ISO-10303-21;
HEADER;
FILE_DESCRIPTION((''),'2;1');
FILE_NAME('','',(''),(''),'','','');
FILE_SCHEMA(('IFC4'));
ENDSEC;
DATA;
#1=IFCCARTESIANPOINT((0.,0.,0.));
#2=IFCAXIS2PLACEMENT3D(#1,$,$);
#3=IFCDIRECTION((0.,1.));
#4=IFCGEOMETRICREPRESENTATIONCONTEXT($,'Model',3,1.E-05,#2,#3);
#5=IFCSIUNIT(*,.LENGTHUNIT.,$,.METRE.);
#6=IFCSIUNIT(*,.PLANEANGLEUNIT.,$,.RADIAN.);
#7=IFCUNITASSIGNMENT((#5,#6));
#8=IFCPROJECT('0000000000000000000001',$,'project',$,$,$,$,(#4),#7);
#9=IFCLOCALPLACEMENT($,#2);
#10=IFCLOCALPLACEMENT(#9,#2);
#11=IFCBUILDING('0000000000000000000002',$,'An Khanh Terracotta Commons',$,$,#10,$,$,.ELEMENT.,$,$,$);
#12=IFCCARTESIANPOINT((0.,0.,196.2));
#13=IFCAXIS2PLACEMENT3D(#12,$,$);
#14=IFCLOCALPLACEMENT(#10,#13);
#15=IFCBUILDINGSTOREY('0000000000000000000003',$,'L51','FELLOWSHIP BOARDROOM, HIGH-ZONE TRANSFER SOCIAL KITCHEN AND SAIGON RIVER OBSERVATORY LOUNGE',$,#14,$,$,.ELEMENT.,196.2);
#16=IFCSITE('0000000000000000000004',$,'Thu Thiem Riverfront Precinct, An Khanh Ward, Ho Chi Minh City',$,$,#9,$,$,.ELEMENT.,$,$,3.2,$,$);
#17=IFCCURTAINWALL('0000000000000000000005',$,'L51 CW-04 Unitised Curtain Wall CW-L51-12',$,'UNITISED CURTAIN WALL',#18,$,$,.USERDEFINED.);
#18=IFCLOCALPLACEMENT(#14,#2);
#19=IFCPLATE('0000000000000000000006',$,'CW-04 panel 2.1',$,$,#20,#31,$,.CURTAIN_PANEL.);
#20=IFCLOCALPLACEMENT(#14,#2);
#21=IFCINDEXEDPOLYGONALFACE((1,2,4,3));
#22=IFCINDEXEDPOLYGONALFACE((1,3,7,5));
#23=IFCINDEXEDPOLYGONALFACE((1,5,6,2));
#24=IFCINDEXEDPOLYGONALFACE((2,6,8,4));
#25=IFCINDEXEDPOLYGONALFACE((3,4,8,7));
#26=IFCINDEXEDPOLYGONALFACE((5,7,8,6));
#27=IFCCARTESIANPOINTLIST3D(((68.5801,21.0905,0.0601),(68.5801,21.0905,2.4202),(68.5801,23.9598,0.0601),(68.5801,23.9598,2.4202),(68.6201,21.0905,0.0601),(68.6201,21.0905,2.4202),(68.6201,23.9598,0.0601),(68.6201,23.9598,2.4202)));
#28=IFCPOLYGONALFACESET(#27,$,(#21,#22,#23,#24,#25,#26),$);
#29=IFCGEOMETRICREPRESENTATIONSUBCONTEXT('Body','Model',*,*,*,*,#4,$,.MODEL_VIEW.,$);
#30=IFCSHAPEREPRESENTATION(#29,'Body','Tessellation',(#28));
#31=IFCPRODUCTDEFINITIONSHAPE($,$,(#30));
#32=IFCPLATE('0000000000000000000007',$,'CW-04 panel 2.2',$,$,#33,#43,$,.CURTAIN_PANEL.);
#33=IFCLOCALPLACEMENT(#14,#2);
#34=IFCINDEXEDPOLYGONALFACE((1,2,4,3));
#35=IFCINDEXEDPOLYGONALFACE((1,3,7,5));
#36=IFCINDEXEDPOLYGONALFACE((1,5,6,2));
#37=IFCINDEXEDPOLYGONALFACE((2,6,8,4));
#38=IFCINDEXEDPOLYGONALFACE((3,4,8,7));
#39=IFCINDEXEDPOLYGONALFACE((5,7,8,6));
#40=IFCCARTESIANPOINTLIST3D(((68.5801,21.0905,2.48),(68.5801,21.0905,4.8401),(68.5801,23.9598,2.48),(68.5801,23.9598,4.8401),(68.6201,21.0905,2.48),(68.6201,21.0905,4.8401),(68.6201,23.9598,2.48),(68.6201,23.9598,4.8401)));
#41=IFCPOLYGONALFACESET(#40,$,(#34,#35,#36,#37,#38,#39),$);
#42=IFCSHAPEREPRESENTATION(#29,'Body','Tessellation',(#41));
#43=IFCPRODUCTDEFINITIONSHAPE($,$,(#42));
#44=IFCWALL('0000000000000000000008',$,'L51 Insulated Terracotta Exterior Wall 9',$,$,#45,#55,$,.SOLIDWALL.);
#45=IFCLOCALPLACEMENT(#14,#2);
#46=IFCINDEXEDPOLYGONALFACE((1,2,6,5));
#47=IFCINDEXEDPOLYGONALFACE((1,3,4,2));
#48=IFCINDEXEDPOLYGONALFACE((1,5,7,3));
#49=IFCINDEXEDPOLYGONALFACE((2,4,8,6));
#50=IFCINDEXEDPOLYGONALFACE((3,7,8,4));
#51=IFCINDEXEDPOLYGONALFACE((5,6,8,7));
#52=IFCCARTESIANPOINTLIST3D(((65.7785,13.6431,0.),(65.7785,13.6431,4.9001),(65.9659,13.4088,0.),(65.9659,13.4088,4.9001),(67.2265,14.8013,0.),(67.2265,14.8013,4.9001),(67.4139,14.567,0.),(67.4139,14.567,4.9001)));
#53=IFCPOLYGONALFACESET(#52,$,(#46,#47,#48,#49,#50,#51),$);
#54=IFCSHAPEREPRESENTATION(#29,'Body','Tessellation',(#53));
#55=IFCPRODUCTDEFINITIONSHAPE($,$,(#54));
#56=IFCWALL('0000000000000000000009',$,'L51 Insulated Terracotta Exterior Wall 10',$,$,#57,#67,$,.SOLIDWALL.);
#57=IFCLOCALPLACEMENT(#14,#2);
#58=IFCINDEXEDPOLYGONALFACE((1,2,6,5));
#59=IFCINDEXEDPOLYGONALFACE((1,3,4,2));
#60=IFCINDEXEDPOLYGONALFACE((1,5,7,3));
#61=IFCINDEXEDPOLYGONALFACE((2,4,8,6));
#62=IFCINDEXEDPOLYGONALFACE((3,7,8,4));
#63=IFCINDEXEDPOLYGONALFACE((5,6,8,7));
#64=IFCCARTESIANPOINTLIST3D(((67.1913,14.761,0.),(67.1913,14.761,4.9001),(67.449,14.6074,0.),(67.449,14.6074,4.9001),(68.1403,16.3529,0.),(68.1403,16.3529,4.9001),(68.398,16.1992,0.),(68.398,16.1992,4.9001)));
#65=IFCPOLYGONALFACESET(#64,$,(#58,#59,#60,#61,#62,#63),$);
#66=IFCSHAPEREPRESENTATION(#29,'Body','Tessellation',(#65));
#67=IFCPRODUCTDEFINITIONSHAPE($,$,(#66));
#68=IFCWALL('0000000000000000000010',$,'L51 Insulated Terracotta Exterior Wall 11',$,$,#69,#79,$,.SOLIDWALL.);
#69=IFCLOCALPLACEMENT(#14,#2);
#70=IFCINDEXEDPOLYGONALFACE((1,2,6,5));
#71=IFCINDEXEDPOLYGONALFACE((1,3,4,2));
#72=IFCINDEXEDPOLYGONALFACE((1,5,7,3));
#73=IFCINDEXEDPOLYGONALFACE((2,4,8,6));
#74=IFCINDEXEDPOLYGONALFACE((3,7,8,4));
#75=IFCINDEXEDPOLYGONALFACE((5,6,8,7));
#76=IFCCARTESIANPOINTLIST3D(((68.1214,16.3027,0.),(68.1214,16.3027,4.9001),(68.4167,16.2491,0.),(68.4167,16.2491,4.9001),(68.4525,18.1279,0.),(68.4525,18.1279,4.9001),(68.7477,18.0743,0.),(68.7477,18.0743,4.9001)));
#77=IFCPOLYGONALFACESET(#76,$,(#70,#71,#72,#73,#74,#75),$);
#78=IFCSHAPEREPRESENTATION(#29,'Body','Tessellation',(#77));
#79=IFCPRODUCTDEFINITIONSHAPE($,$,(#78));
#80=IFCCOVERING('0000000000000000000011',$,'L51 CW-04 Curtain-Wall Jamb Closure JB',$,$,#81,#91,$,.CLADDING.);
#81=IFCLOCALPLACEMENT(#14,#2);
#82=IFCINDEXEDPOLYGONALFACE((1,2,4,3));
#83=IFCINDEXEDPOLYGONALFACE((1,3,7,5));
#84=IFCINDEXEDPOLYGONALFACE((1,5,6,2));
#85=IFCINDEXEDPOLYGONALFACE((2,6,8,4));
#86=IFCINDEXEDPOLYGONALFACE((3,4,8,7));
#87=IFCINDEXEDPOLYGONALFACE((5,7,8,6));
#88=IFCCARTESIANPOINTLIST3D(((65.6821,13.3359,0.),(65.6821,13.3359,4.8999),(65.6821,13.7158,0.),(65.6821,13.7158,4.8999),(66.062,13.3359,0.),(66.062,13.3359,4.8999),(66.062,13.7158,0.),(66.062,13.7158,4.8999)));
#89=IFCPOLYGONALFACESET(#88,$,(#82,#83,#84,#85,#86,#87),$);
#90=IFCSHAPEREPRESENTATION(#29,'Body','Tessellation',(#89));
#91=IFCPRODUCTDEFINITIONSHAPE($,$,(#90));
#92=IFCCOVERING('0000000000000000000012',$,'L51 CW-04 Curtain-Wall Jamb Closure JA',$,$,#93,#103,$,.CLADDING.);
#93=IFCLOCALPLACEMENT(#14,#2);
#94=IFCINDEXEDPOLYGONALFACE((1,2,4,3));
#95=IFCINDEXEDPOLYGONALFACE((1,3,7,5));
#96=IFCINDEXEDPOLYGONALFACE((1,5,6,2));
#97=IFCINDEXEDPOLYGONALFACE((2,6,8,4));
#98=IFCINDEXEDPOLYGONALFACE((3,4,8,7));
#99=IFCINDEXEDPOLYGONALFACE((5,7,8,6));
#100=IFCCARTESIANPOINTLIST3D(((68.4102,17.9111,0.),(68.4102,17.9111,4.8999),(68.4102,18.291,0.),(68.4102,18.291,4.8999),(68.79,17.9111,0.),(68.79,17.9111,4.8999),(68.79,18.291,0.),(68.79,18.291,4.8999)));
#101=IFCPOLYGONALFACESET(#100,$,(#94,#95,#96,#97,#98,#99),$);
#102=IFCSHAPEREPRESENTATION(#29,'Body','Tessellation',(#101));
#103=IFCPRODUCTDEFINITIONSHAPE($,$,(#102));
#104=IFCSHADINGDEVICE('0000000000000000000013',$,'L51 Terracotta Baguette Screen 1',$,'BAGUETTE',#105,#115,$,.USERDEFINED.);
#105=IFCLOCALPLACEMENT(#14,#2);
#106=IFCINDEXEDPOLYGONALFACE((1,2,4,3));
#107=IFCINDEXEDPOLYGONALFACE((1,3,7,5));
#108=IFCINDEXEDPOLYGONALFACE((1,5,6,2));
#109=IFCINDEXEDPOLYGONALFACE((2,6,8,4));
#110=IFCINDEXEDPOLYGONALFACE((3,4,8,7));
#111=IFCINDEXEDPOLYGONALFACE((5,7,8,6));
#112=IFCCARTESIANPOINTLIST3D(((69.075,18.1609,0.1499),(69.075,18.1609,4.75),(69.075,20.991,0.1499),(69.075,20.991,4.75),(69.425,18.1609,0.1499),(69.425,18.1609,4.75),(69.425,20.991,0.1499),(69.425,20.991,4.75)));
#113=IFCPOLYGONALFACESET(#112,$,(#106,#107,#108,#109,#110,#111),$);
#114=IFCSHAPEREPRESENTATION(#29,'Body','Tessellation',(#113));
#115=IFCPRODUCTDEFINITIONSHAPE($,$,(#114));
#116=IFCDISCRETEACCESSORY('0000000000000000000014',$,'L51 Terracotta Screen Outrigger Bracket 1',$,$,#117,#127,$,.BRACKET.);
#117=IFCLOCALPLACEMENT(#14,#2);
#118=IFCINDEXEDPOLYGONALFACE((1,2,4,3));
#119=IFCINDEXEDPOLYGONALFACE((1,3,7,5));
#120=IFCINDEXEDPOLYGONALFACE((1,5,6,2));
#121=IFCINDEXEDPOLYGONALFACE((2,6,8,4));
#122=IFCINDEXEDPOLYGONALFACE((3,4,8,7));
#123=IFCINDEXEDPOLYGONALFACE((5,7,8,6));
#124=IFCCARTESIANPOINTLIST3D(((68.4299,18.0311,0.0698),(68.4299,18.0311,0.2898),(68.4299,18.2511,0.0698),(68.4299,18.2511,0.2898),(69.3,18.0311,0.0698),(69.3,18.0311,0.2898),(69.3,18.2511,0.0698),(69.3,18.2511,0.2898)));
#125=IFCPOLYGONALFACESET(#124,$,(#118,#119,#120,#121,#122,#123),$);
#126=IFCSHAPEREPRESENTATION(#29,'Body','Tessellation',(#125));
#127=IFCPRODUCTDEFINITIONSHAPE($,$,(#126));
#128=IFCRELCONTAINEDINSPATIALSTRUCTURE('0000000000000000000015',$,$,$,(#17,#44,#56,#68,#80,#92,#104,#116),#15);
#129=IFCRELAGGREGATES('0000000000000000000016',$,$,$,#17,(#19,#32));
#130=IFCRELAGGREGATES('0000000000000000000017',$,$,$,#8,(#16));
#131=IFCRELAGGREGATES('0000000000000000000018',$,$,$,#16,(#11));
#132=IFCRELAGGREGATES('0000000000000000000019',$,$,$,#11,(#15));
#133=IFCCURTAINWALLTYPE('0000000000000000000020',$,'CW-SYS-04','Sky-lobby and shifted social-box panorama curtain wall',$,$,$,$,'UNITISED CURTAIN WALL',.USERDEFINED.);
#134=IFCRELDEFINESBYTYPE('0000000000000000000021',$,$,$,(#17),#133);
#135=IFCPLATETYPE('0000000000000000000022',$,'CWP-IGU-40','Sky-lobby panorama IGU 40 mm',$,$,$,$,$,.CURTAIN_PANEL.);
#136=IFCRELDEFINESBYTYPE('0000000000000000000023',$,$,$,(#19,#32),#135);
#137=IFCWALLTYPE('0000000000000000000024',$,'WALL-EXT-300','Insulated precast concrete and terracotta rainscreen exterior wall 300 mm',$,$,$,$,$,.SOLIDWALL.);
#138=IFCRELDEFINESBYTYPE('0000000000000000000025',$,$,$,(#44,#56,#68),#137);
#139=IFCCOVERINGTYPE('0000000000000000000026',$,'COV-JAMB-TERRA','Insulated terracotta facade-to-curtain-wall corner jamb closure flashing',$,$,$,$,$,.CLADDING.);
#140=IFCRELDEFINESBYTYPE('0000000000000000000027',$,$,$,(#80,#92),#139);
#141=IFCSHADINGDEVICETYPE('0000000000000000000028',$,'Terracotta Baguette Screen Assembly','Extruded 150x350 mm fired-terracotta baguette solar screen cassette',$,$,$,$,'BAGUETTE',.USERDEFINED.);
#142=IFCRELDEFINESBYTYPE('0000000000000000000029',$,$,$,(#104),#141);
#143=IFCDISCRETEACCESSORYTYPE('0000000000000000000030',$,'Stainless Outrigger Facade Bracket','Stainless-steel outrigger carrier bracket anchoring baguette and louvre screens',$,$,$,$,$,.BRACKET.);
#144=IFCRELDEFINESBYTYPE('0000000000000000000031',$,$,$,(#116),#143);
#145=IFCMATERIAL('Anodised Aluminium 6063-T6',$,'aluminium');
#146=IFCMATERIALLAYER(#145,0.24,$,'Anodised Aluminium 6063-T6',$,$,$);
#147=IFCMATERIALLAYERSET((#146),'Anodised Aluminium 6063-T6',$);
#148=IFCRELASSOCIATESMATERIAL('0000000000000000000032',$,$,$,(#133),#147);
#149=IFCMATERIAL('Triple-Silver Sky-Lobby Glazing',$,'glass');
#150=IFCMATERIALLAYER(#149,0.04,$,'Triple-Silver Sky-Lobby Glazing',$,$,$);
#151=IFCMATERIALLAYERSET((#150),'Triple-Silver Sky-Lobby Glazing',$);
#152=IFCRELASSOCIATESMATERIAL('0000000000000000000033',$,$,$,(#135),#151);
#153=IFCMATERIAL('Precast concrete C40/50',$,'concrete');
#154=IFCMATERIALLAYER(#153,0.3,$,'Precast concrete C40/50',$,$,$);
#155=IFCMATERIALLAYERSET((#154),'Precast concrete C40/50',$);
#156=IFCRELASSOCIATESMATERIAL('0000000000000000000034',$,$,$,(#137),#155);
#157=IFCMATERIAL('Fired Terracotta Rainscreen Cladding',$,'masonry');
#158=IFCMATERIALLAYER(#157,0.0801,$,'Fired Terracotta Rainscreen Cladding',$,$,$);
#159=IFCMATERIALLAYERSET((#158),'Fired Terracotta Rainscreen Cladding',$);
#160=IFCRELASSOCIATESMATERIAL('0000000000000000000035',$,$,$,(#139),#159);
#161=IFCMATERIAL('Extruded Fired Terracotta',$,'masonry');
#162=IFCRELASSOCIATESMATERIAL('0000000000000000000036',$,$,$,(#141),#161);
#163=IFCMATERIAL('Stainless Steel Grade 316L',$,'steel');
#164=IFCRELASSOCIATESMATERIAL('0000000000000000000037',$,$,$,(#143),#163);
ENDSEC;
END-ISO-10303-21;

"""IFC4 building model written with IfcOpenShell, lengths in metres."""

from ifc_helpers import new_model, si_unit, direction, frame, frame_2d, origin, origin_2d, place, context, subcontext, project, spatial, rectangle, extrude, material, layer, layer_set, type_object, element, aggregate, save


model = new_model("IFC4")

# Units and contexts
model_context = context("Model", 3, precision=1e-05, world=origin(), true_north=direction((0.0, 1.0)))
body_context = subcontext(model_context, "Body", "Model", "MODEL_VIEW")
ifc_project = project(units=[si_unit("LENGTHUNIT", "METRE"), si_unit("PLANEANGLEUNIT", "RADIAN")], contexts=[model_context])

# Site, building, storey
site_placement = place(None, origin())
site = spatial("IfcSite", under=ifc_project, at=site_placement, Name="Thu Thiem Riverfront Precinct, An Khanh Ward, Ho Chi Minh City", CompositionType="ELEMENT", RefElevation=3.2)
building_placement = place(site_placement, origin())
building = spatial("IfcBuilding", under=site, at=building_placement, Name="An Khanh Terracotta Commons", CompositionType="ELEMENT")
storey_placement = place(building_placement, frame((0.0, 0.0, 196.2)))
storey = spatial("IfcBuildingStorey", under=building, at=storey_placement, Name="L51", Description="FELLOWSHIP BOARDROOM, HIGH-ZONE TRANSFER SOCIAL KITCHEN AND SAIGON RIVER OBSERVATORY LOUNGE", CompositionType="ELEMENT", Elevation=196.2)

# Shared definitions
ifc_material_1 = material(Name="Anodised Aluminium 6063-T6", Category="aluminium")
ifc_layer_1 = layer(ifc_material_1, 0.24, Name="Anodised Aluminium 6063-T6")
ifc_layer_set_1 = layer_set([ifc_layer_1], Name="Anodised Aluminium 6063-T6")
curtain_wall_type = type_object("IfcCurtainWallType", Name="CW-SYS-04", Description="Sky-lobby and shifted social-box panorama curtain wall", ElementType="UNITISED CURTAIN WALL", PredefinedType="USERDEFINED", material=ifc_layer_set_1)

# Curtain wall
curtain_wall_1_placement = place(storey_placement, origin())
curtain_wall_1 = element("IfcCurtainWall", 1, at=curtain_wall_1_placement, inside=storey, type_object=curtain_wall_type, Name="L51 CW-04 Unitised Curtain Wall CW-L51-12", ObjectType="UNITISED CURTAIN WALL", PredefinedType="USERDEFINED")

# Plates
ifc_material_2 = material(Name="Triple-Silver Sky-Lobby Glazing", Category="glass")
ifc_layer_2 = layer(ifc_material_2, 0.04, Name="Triple-Silver Sky-Lobby Glazing")
ifc_layer_set_2 = layer_set([ifc_layer_2], Name="Triple-Silver Sky-Lobby Glazing")
plate_type = type_object("IfcPlateType", Name="CWP-IGU-40", Description="Sky-lobby panorama IGU 40 mm", PredefinedType="CURTAIN_PANEL", material=ifc_layer_set_2)
plate_1_placement = place(storey_placement, frame((68.6001, 22.5251, 0.0601), z_axis=(0.0, 0.0, 1.0), x_axis=(0.0, 1.0, 0.0)))
plate_1 = element("IfcPlate", 2, at=plate_1_placement, type_object=plate_type, Name="CW-04 panel 2.1", PredefinedType="CURTAIN_PANEL", context=body_context, shape_type="SweptSolid", body=[
    extrude(rectangle(XDim=2.8694, YDim=0.04, at=origin_2d()), origin(), (0.0, 0.0, 1.0), 2.3601),
])
plate_2_placement = place(storey_placement, frame((68.6001, 22.5251, 2.48), z_axis=(0.0, 0.0, 1.0), x_axis=(0.0, 1.0, 0.0)))
plate_2 = element("IfcPlate", 3, at=plate_2_placement, type_object=plate_type, Name="CW-04 panel 2.2", PredefinedType="CURTAIN_PANEL", context=body_context, shape_type="SweptSolid", body=[
    extrude(rectangle(XDim=2.8694, YDim=0.04, at=origin_2d()), origin(), (0.0, 0.0, 1.0), 2.3601),
])
aggregate(curtain_wall_1, [plate_1, plate_2])

# Walls
ifc_material_3 = material(Name="Precast concrete C40/50", Category="concrete")
ifc_layer_3 = layer(ifc_material_3, 0.3, Name="Precast concrete C40/50")
ifc_layer_set_3 = layer_set([ifc_layer_3], Name="Precast concrete C40/50")
wall_type = type_object("IfcWallType", Name="WALL-EXT-300", Description="Insulated precast concrete and terracotta rainscreen exterior wall 300 mm", PredefinedType="SOLIDWALL", material=ifc_layer_set_3)
wall_1_placement = place(storey_placement, frame((65.8721, 13.5259, 0.0), z_axis=(0.0, 0.0, 1.0), x_axis=(0.78092, 0.624631, 0.0)))
element("IfcWall", 4, at=wall_1_placement, inside=storey, type_object=wall_type, Name="L51 Insulated Terracotta Exterior Wall 9", PredefinedType="SOLIDWALL", context=body_context, shape_type="SweptSolid", body=[
    extrude(rectangle(XDim=1.8542, YDim=0.3, at=frame_2d((0.9272, 0.0))), origin(), (0.0, 0.0, 1.0), 4.9001),
])
wall_2_placement = place(storey_placement, frame((67.3201, 14.6841, 0.0), z_axis=(0.0, 0.0, 1.0), x_axis=(0.512072, 0.858943, 0.0)))
element("IfcWall", 5, at=wall_2_placement, inside=storey, type_object=wall_type, Name="L51 Insulated Terracotta Exterior Wall 10", PredefinedType="SOLIDWALL", context=body_context, shape_type="SweptSolid", body=[
    extrude(rectangle(XDim=1.8533, YDim=0.3, at=frame_2d((0.9268, 0.0))), origin(), (0.0, 0.0, 1.0), 4.9001),
])
wall_3_placement = place(storey_placement, frame((68.269, 16.2759, 0.0), z_axis=(0.0, 0.0, 1.0), x_axis=(0.178468, 0.983946, 0.0)))
element("IfcWall", 6, at=wall_3_placement, inside=storey, type_object=wall_type, Name="L51 Insulated Terracotta Exterior Wall 11", PredefinedType="SOLIDWALL", context=body_context, shape_type="SweptSolid", body=[
    extrude(rectangle(XDim=1.855, YDim=0.3, at=frame_2d((0.9275, 0.0))), origin(), (0.0, 0.0, 1.0), 4.9001),
])

# Coverings
ifc_material_4 = material(Name="Fired Terracotta Rainscreen Cladding", Category="masonry")
ifc_layer_4 = layer(ifc_material_4, 0.0801, Name="Fired Terracotta Rainscreen Cladding")
ifc_layer_set_4 = layer_set([ifc_layer_4], Name="Fired Terracotta Rainscreen Cladding")
covering_type = type_object("IfcCoveringType", Name="COV-JAMB-TERRA", Description="Insulated terracotta facade-to-curtain-wall corner jamb closure flashing", PredefinedType="CLADDING", material=ifc_layer_set_4)
for number, where, z_axis, x_axis, name in (
    (7, (65.8721, 13.5259, 0.0), (0.0, 0.0, 1.0), (1.0, 0.0, 0.0), "L51 CW-04 Curtain-Wall Jamb Closure JB"),
    (8, (68.6001, 18.1011, 0.0), (0.0, 0.0, 1.0), (1.0, 0.0, 0.0), "L51 CW-04 Curtain-Wall Jamb Closure JA"),
):
    element("IfcCovering", number, at=place(storey_placement, frame(where, z_axis=z_axis, x_axis=x_axis)), inside=storey, type_object=covering_type, Name=name, PredefinedType="CLADDING", context=body_context, shape_type="SweptSolid", body=[
        extrude(rectangle(XDim=0.3799, YDim=0.3799, at=origin_2d()), origin(), (0.0, 0.0, 1.0), 4.8999),
    ])

# Shading device
ifc_material_5 = material(Name="Extruded Fired Terracotta", Category="masonry")
shading_device_type = type_object("IfcShadingDeviceType", Name="Terracotta Baguette Screen Assembly", Description="Extruded 150x350 mm fired-terracotta baguette solar screen cassette", ElementType="BAGUETTE", PredefinedType="USERDEFINED", material=ifc_material_5)
shading_device_placement = place(storey_placement, frame((69.25, 19.5759, 0.1499), z_axis=(0.0, 0.0, 1.0), x_axis=(0.0, 1.0, 0.0)))
element("IfcShadingDevice", 9, at=shading_device_placement, inside=storey, type_object=shading_device_type, Name="L51 Terracotta Baguette Screen 1", ObjectType="BAGUETTE", PredefinedType="USERDEFINED", context=body_context, shape_type="SweptSolid", body=[
    extrude(rectangle(XDim=2.8301, YDim=0.3501, at=origin_2d()), origin(), (0.0, 0.0, 1.0), 4.6001),
])

# Discrete accessory
ifc_material_6 = material(Name="Stainless Steel Grade 316L", Category="steel")
discrete_accessory_type = type_object("IfcDiscreteAccessoryType", Name="Stainless Outrigger Facade Bracket", Description="Stainless-steel outrigger carrier bracket anchoring baguette and louvre screens", PredefinedType="BRACKET", material=ifc_material_6)
discrete_accessory_placement = place(storey_placement, frame((68.865, 18.1411, 0.0698), z_axis=(0.0, 0.0, 1.0), x_axis=(0.0, 1.0, 0.0)))
element("IfcDiscreteAccessory", 10, at=discrete_accessory_placement, inside=storey, type_object=discrete_accessory_type, Name="L51 Terracotta Screen Outrigger Bracket 1", PredefinedType="BRACKET", context=body_context, shape_type="SweptSolid", body=[
    extrude(rectangle(XDim=0.22, YDim=0.8701, at=origin_2d()), origin(), (0.0, 0.0, 1.0), 0.22),
])

save(model, "model.ifc")
